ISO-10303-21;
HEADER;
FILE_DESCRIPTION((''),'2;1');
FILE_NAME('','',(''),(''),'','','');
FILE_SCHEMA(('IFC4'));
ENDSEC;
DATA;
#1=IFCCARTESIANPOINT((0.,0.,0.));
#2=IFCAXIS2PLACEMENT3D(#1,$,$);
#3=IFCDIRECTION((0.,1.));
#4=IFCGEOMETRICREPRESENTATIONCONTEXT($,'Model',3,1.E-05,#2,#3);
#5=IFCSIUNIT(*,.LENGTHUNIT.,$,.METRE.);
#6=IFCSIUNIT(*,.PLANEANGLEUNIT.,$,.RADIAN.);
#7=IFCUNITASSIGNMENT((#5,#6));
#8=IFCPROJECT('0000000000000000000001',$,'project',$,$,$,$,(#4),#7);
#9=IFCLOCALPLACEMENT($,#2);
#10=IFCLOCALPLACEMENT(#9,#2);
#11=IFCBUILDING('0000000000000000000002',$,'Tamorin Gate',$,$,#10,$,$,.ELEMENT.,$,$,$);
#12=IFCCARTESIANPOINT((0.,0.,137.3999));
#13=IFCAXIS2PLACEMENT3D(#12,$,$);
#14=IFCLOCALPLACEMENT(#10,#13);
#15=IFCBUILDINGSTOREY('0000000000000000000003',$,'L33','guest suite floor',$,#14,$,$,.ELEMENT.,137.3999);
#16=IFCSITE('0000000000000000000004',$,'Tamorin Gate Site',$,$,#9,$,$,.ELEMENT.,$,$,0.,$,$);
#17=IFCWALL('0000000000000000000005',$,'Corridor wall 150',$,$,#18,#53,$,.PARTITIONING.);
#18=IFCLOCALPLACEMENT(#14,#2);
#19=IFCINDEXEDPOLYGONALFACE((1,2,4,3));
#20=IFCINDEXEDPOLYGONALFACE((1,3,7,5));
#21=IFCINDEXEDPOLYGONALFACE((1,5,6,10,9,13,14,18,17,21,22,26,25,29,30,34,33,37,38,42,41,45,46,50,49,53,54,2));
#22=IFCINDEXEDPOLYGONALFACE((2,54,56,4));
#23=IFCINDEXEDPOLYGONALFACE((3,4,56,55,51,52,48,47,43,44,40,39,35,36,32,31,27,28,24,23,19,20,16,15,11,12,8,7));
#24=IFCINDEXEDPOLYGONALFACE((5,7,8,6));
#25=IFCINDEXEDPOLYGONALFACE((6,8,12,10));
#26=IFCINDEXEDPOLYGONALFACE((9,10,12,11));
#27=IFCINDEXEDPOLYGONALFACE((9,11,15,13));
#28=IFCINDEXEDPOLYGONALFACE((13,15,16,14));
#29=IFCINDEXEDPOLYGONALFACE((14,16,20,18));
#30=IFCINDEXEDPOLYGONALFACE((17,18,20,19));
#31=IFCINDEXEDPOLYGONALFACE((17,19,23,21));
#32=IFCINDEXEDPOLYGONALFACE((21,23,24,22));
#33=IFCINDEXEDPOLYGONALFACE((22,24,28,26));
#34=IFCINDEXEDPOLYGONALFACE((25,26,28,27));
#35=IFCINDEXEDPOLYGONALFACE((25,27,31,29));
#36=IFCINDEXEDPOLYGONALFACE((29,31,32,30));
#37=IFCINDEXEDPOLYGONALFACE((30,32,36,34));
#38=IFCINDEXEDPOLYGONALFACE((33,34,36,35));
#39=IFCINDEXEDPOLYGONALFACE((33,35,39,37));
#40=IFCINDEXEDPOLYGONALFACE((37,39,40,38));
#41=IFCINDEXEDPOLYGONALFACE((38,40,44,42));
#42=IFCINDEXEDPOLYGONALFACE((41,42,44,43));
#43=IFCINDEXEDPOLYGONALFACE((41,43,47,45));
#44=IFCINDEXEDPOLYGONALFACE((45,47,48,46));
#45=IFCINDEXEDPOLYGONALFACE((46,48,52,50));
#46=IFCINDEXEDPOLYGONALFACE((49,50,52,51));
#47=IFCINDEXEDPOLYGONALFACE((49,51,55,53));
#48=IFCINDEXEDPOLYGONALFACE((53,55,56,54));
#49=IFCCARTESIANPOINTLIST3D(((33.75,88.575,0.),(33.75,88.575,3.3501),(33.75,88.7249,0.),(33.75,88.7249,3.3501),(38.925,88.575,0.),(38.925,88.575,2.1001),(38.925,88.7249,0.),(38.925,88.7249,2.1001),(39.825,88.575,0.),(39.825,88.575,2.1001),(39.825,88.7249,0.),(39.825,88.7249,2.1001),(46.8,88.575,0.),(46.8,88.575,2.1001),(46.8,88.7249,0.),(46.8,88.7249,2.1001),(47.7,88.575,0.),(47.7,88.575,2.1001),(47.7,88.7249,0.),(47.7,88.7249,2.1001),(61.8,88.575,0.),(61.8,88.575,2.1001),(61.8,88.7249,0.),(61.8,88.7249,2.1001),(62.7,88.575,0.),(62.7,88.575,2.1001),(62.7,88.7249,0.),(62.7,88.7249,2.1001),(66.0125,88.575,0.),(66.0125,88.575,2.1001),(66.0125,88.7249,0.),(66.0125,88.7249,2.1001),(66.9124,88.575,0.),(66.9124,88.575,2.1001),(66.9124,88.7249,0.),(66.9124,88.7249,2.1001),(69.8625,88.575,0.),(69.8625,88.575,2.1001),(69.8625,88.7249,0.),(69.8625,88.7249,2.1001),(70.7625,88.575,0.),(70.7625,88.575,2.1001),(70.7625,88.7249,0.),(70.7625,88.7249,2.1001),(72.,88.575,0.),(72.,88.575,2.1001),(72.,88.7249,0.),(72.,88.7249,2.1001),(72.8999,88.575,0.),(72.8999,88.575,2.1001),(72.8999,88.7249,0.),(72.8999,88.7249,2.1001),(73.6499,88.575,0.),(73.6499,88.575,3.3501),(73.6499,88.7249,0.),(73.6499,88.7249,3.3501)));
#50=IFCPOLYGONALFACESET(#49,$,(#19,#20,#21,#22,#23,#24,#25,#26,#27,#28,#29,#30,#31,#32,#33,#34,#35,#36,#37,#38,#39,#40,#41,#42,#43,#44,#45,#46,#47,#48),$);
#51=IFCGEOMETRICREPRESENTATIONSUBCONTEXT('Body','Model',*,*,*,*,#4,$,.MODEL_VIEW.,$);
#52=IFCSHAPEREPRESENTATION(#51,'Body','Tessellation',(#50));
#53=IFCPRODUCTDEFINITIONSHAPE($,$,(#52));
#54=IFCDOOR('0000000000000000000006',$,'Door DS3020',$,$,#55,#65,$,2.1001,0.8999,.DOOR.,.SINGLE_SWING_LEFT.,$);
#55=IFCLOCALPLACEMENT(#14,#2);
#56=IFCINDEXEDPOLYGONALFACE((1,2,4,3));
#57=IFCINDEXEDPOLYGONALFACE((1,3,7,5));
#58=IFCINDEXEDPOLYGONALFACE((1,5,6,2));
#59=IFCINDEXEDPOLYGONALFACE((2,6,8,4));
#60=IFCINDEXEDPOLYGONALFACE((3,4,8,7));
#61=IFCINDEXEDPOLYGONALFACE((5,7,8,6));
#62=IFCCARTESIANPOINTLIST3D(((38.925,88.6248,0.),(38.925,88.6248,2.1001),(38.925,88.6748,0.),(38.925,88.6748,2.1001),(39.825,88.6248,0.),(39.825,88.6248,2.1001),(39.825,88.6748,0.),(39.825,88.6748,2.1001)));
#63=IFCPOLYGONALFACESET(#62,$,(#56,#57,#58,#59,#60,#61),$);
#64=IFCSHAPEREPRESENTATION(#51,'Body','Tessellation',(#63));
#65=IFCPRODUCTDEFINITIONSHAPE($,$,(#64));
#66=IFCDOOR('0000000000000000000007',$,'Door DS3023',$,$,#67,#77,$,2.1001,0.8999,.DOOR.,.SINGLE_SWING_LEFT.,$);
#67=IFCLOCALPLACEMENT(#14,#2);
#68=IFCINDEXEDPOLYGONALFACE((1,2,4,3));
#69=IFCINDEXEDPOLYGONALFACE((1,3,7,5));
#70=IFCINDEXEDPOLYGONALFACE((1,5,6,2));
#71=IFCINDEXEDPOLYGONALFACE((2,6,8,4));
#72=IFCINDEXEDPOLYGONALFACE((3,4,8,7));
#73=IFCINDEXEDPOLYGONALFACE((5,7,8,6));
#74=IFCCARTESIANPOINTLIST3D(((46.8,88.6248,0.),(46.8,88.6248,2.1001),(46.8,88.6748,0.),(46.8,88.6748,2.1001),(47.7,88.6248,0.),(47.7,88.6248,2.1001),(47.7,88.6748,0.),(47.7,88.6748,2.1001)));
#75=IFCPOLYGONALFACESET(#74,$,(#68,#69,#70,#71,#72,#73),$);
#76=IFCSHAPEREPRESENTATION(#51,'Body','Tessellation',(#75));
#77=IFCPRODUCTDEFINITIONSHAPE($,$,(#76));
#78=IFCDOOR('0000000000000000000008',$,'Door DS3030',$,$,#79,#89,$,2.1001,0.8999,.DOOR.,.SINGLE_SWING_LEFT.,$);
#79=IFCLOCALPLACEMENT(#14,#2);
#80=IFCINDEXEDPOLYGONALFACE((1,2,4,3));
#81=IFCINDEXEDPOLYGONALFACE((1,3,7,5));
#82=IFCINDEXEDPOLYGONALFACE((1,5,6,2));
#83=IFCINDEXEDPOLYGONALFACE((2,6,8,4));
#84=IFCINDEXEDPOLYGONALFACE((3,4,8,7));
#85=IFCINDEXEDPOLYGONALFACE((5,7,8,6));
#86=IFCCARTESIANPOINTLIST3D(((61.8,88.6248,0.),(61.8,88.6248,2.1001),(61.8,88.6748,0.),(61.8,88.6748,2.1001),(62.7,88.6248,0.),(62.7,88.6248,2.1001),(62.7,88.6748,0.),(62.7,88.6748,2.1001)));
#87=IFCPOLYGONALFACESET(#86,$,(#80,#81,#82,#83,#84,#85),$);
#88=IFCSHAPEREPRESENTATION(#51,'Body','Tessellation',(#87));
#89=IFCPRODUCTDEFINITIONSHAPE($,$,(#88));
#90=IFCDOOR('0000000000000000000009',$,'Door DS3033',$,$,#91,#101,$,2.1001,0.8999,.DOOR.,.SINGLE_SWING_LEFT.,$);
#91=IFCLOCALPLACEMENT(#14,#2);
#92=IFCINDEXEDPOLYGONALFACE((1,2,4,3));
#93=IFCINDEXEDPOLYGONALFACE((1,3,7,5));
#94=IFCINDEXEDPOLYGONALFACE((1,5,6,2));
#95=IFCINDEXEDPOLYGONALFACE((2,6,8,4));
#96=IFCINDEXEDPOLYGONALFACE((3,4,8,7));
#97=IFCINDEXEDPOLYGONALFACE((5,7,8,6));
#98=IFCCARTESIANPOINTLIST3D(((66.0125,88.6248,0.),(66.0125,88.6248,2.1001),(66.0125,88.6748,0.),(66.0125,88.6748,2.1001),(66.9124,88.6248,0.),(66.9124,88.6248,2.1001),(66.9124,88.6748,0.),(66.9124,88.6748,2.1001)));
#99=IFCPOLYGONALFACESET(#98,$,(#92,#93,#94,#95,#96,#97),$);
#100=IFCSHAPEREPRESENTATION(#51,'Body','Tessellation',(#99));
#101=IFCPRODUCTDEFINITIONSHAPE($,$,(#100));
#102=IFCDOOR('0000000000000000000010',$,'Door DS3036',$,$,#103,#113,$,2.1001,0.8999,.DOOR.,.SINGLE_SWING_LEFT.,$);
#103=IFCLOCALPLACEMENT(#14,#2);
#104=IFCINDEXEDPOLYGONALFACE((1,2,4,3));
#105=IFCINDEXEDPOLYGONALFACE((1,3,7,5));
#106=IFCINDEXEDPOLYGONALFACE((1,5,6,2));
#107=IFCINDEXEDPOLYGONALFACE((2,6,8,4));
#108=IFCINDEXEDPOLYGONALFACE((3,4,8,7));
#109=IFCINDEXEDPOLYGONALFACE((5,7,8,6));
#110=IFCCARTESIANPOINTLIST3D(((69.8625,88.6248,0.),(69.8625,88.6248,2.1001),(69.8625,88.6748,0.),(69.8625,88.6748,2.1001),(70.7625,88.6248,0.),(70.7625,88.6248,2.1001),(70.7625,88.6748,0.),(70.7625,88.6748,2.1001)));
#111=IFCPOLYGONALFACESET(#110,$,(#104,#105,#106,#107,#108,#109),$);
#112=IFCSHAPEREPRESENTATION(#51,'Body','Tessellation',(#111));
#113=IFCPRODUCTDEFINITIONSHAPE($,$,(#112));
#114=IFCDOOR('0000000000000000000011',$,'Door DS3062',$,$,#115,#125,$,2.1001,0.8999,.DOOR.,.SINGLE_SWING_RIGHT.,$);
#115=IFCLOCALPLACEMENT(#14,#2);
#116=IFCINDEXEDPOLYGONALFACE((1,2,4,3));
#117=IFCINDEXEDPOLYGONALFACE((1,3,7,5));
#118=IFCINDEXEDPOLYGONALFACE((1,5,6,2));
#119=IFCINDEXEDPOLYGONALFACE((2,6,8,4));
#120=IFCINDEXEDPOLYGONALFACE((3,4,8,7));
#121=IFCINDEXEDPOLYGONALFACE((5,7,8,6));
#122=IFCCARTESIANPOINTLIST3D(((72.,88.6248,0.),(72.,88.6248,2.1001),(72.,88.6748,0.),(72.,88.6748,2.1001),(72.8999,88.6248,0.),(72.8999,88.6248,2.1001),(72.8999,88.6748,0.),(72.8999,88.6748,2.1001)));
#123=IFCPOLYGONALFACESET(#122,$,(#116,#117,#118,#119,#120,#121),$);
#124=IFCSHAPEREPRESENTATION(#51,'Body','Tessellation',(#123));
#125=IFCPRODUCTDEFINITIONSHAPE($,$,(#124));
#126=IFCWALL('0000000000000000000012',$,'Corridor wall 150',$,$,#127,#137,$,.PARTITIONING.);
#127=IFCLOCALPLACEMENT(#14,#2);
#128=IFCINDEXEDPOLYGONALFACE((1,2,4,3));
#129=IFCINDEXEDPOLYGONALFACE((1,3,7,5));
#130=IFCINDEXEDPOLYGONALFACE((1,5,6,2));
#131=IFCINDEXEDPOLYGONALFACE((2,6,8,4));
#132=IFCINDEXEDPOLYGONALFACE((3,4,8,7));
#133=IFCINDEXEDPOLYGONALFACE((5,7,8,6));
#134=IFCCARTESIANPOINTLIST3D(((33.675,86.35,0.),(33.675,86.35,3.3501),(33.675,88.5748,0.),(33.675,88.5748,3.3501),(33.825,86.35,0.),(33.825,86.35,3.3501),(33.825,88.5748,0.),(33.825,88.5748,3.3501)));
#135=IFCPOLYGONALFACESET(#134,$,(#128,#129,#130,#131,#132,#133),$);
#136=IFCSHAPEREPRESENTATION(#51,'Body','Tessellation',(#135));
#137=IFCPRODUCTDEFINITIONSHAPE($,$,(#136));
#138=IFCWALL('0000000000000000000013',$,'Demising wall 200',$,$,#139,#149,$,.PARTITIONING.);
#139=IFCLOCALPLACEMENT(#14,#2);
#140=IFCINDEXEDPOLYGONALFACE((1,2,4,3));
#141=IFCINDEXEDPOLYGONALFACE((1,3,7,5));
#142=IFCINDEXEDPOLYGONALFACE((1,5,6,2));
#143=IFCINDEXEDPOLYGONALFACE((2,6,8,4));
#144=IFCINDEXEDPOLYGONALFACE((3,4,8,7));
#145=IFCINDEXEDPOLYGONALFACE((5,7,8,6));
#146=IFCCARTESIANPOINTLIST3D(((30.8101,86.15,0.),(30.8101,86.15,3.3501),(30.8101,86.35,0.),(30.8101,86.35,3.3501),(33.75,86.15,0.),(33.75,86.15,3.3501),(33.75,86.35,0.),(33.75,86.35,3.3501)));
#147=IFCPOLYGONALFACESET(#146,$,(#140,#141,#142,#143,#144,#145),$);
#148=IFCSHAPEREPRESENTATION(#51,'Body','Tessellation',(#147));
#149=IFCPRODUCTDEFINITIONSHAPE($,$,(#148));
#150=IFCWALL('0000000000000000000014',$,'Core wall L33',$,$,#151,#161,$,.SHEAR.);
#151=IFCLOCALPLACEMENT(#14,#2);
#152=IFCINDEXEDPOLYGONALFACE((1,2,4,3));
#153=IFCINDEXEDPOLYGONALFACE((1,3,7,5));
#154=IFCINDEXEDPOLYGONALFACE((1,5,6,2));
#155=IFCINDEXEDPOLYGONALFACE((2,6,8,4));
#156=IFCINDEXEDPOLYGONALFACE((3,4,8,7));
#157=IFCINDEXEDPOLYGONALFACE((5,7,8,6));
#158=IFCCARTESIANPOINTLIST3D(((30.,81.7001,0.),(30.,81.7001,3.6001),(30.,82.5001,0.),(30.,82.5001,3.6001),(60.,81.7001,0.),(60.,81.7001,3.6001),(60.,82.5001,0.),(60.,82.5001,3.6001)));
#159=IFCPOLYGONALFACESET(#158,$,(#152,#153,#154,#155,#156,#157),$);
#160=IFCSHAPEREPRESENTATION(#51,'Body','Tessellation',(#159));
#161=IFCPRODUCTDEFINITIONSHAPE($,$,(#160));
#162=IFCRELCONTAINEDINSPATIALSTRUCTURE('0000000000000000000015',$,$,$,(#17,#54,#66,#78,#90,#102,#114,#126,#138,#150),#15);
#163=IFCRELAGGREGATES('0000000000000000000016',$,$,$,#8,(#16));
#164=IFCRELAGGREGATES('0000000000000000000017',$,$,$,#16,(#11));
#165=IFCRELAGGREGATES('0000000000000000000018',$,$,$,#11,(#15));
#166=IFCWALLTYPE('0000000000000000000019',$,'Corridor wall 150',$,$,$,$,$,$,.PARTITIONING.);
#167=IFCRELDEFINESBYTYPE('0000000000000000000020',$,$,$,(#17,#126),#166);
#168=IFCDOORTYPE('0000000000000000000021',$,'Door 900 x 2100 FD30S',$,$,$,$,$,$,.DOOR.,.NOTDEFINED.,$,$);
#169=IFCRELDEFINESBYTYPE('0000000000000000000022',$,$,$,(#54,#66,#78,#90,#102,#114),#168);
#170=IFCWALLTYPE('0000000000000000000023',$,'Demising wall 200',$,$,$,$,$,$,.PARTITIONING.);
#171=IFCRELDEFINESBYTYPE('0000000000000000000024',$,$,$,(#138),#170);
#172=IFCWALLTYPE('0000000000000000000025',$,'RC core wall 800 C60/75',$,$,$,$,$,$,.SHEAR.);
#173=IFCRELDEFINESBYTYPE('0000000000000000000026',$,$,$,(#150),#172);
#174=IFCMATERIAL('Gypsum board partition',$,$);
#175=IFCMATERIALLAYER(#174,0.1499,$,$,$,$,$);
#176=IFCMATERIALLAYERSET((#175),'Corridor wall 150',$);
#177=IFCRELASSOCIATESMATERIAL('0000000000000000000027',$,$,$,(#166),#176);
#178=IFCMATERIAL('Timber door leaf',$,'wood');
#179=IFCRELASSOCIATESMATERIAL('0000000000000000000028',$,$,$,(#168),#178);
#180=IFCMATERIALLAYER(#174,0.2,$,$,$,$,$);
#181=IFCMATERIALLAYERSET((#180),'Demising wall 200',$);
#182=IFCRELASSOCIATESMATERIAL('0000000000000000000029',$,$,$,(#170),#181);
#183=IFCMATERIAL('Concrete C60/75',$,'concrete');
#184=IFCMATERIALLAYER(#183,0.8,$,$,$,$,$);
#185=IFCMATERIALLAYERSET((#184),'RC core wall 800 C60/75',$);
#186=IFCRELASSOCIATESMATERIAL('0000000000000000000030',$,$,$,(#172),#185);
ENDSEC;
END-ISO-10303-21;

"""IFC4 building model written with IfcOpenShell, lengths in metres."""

from ifc_helpers import new_model, si_unit, direction, frame, frame_2d, origin, place, context, subcontext, project, spatial, rectangle, extrude, material, layer, layer_set, type_object, element, fill, save


model = new_model("IFC4")

# Units and contexts
model_context = context("Model", 3, precision=1e-05, world=origin(), true_north=direction((0.0, 1.0)))
body_context = subcontext(model_context, "Body", "Model", "MODEL_VIEW")
ifc_project = project(units=[si_unit("LENGTHUNIT", "METRE"), si_unit("PLANEANGLEUNIT", "RADIAN")], contexts=[model_context])

# Site, building, storey
site_placement = place(None, origin())
site = spatial("IfcSite", under=ifc_project, at=site_placement, Name="Tamorin Gate Site", CompositionType="ELEMENT", RefElevation=0.0)
building_placement = place(site_placement, origin())
building = spatial("IfcBuilding", under=site, at=building_placement, Name="Tamorin Gate", CompositionType="ELEMENT")
storey_placement = place(building_placement, frame((0.0, 0.0, 137.3999)))
storey = spatial("IfcBuildingStorey", under=building, at=storey_placement, Name="L33", Description="guest suite floor", CompositionType="ELEMENT", Elevation=137.3999)

# Shared definitions
ifc_material_1 = material(Name="Gypsum board partition")
ifc_layer_1 = layer(ifc_material_1, 0.1499)
ifc_layer_set_1 = layer_set([ifc_layer_1], Name="Corridor wall 150")
wall_type_1 = type_object("IfcWallType", Name="Corridor wall 150", PredefinedType="PARTITIONING", material=ifc_layer_set_1)
ifc_material_2 = material(Name="Timber door leaf", Category="wood")
door_type_1 = type_object("IfcDoorType", Name="Door 900 x 2100 FD30S", OperationType="NOTDEFINED", PredefinedType="DOOR", material=ifc_material_2)

# Wall, openings, doors
wall_1_placement = place(storey_placement, frame((33.75, 88.6499, 0.0), z_axis=(0.0, 0.0, 1.0), x_axis=(1.0, 0.0, 0.0)))
wall_1 = element("IfcWall", 1, at=wall_1_placement, inside=storey, type_object=wall_type_1, Name="Corridor wall 150", PredefinedType="PARTITIONING", context=body_context, shape_type="SweptSolid", body=[
    extrude(rectangle(XDim=39.8999, YDim=0.1499, at=frame_2d((19.95, 0.0))), origin(), (0.0, 0.0, 1.0), 3.3501),
])
opening_1_placement = place(wall_1_placement, frame((5.175, 0.0, 0.0)))
opening_1 = element("IfcOpeningElement", 2, at=opening_1_placement, cuts=wall_1, PredefinedType="OPENING", context=body_context, shape_type="SweptSolid", body=[
    extrude(rectangle(XDim=0.8999, YDim=2.1001, at=frame_2d((0.45, 1.05))), frame((0.0, 0.085, 0.0), z_axis=(0.0, -1.0, 0.0), x_axis=(1.0, 0.0, 0.0)), (0.0, 0.0, 1.0), 0.1699),
])
opening_2_placement = place(wall_1_placement, frame((13.05, 0.0, 0.0)))
opening_2 = element("IfcOpeningElement", 3, at=opening_2_placement, cuts=wall_1, PredefinedType="OPENING", context=body_context, shape_type="SweptSolid", body=[
    extrude(rectangle(XDim=0.8999, YDim=2.1001, at=frame_2d((0.45, 1.05))), frame((0.0, 0.085, 0.0), z_axis=(0.0, -1.0, 0.0), x_axis=(1.0, 0.0, 0.0)), (0.0, 0.0, 1.0), 0.1699),
])
opening_3_placement = place(wall_1_placement, frame((28.05, 0.0, 0.0)))
opening_3 = element("IfcOpeningElement", 4, at=opening_3_placement, cuts=wall_1, PredefinedType="OPENING", context=body_context, shape_type="SweptSolid", body=[
    extrude(rectangle(XDim=0.8999, YDim=2.1001, at=frame_2d((0.45, 1.05))), frame((0.0, 0.085, 0.0), z_axis=(0.0, -1.0, 0.0), x_axis=(1.0, 0.0, 0.0)), (0.0, 0.0, 1.0), 0.1699),
])
opening_4_placement = place(wall_1_placement, frame((32.2625, 0.0, 0.0)))
opening_4 = element("IfcOpeningElement", 5, at=opening_4_placement, cuts=wall_1, PredefinedType="OPENING", context=body_context, shape_type="SweptSolid", body=[
    extrude(rectangle(XDim=0.8999, YDim=2.1001, at=frame_2d((0.45, 1.05))), frame((0.0, 0.085, 0.0), z_axis=(0.0, -1.0, 0.0), x_axis=(1.0, 0.0, 0.0)), (0.0, 0.0, 1.0), 0.1699),
])
opening_5_placement = place(wall_1_placement, frame((36.1125, 0.0, 0.0)))
opening_5 = element("IfcOpeningElement", 6, at=opening_5_placement, cuts=wall_1, PredefinedType="OPENING", context=body_context, shape_type="SweptSolid", body=[
    extrude(rectangle(XDim=0.8999, YDim=2.1001, at=frame_2d((0.45, 1.05))), frame((0.0, 0.085, 0.0), z_axis=(0.0, -1.0, 0.0), x_axis=(1.0, 0.0, 0.0)), (0.0, 0.0, 1.0), 0.1699),
])
opening_6_placement = place(wall_1_placement, frame((38.25, 0.0, 0.0)))
opening_6 = element("IfcOpeningElement", 7, at=opening_6_placement, cuts=wall_1, PredefinedType="OPENING", context=body_context, shape_type="SweptSolid", body=[
    extrude(rectangle(XDim=0.8999, YDim=2.1001, at=frame_2d((0.45, 1.05))), frame((0.0, 0.085, 0.0), z_axis=(0.0, -1.0, 0.0), x_axis=(1.0, 0.0, 0.0)), (0.0, 0.0, 1.0), 0.1699),
])
door_1_placement = place(opening_1_placement, origin())
door_1 = element("IfcDoor", 8, at=door_1_placement, inside=storey, type_object=door_type_1, Name="Door DS3020", OperationType="SINGLE_SWING_LEFT", OverallHeight=2.1001, OverallWidth=0.8999, PredefinedType="DOOR", context=body_context, shape_type="SweptSolid", body=[
    extrude(rectangle(XDim=0.8999, YDim=2.1001, at=frame_2d((0.45, 1.05))), frame((0.0, 0.0249, 0.0), z_axis=(0.0, -1.0, 0.0), x_axis=(1.0, 0.0, 0.0)), (0.0, 0.0, 1.0), 0.05),
])
fill(opening_1, door_1)
door_2_placement = place(opening_2_placement, origin())
door_2 = element("IfcDoor", 9, at=door_2_placement, inside=storey, type_object=door_type_1, Name="Door DS3023", OperationType="SINGLE_SWING_LEFT", OverallHeight=2.1001, OverallWidth=0.8999, PredefinedType="DOOR", context=body_context, shape_type="SweptSolid", body=[
    extrude(rectangle(XDim=0.8999, YDim=2.1001, at=frame_2d((0.45, 1.05))), frame((0.0, 0.0249, 0.0), z_axis=(0.0, -1.0, 0.0), x_axis=(1.0, 0.0, 0.0)), (0.0, 0.0, 1.0), 0.05),
])
fill(opening_2, door_2)
door_3_placement = place(opening_3_placement, origin())
door_3 = element("IfcDoor", 10, at=door_3_placement, inside=storey, type_object=door_type_1, Name="Door DS3030", OperationType="SINGLE_SWING_LEFT", OverallHeight=2.1001, OverallWidth=0.8999, PredefinedType="DOOR", context=body_context, shape_type="SweptSolid", body=[
    extrude(rectangle(XDim=0.8999, YDim=2.1001, at=frame_2d((0.45, 1.05))), frame((0.0, 0.0249, 0.0), z_axis=(0.0, -1.0, 0.0), x_axis=(1.0, 0.0, 0.0)), (0.0, 0.0, 1.0), 0.05),
])
fill(opening_3, door_3)
door_4_placement = place(opening_4_placement, origin())
door_4 = element("IfcDoor", 11, at=door_4_placement, inside=storey, type_object=door_type_1, Name="Door DS3033", OperationType="SINGLE_SWING_LEFT", OverallHeight=2.1001, OverallWidth=0.8999, PredefinedType="DOOR", context=body_context, shape_type="SweptSolid", body=[
    extrude(rectangle(XDim=0.8999, YDim=2.1001, at=frame_2d((0.45, 1.05))), frame((0.0, 0.0249, 0.0), z_axis=(0.0, -1.0, 0.0), x_axis=(1.0, 0.0, 0.0)), (0.0, 0.0, 1.0), 0.05),
])
fill(opening_4, door_4)
door_5_placement = place(opening_5_placement, origin())
door_5 = element("IfcDoor", 12, at=door_5_placement, inside=storey, type_object=door_type_1, Name="Door DS3036", OperationType="SINGLE_SWING_LEFT", OverallHeight=2.1001, OverallWidth=0.8999, PredefinedType="DOOR", context=body_context, shape_type="SweptSolid", body=[
    extrude(rectangle(XDim=0.8999, YDim=2.1001, at=frame_2d((0.45, 1.05))), frame((0.0, 0.0249, 0.0), z_axis=(0.0, -1.0, 0.0), x_axis=(1.0, 0.0, 0.0)), (0.0, 0.0, 1.0), 0.05),
])
fill(opening_5, door_5)
door_6_placement = place(opening_6_placement, origin())
door_6 = element("IfcDoor", 13, at=door_6_placement, inside=storey, type_object=door_type_1, Name="Door DS3062", OperationType="SINGLE_SWING_RIGHT", OverallHeight=2.1001, OverallWidth=0.8999, PredefinedType="DOOR", context=body_context, shape_type="SweptSolid", body=[
    extrude(rectangle(XDim=0.8999, YDim=2.1001, at=frame_2d((0.45, 1.05))), frame((0.0, 0.0249, 0.0), z_axis=(0.0, -1.0, 0.0), x_axis=(1.0, 0.0, 0.0)), (0.0, 0.0, 1.0), 0.05),
])
fill(opening_6, door_6)

# Walls
wall_2_placement = place(storey_placement, frame((33.75, 86.3501, 0.0), z_axis=(0.0, 0.0, 1.0), x_axis=(0.0, 1.0, 0.0)))
element("IfcWall", 14, at=wall_2_placement, inside=storey, type_object=wall_type_1, Name="Corridor wall 150", PredefinedType="PARTITIONING", context=body_context, shape_type="SweptSolid", body=[
    extrude(rectangle(XDim=2.2249, YDim=0.1499, at=frame_2d((1.1123, 0.0))), origin(), (0.0, 0.0, 1.0), 3.3501),
])
ifc_layer_2 = layer(ifc_material_1, 0.2)
ifc_layer_set_2 = layer_set([ifc_layer_2], Name="Demising wall 200")
wall_type_2 = type_object("IfcWallType", Name="Demising wall 200", PredefinedType="PARTITIONING", material=ifc_layer_set_2)
wall_3_placement = place(storey_placement, frame((30.8101, 86.25, 0.0), z_axis=(0.0, 0.0, 1.0), x_axis=(1.0, 0.0, 0.0)))
element("IfcWall", 15, at=wall_3_placement, inside=storey, type_object=wall_type_2, Name="Demising wall 200", PredefinedType="PARTITIONING", context=body_context, shape_type="SweptSolid", body=[
    extrude(rectangle(XDim=2.9399, YDim=0.2, at=frame_2d((1.47, 0.0))), origin(), (0.0, 0.0, 1.0), 3.3501),
])
ifc_material_3 = material(Name="Concrete C60/75", Category="concrete")
ifc_layer_3 = layer(ifc_material_3, 0.8)
ifc_layer_set_3 = layer_set([ifc_layer_3], Name="RC core wall 800 C60/75")
wall_type_3 = type_object("IfcWallType", Name="RC core wall 800 C60/75", PredefinedType="SHEAR", material=ifc_layer_set_3)
wall_4_placement = place(storey_placement, frame((30.0, 82.1001, 0.0), z_axis=(0.0, 0.0, 1.0), x_axis=(1.0, 0.0, 0.0)))
element("IfcWall", 16, at=wall_4_placement, inside=storey, type_object=wall_type_3, Name="Core wall L33", PredefinedType="SHEAR", context=body_context, shape_type="SweptSolid", body=[
    extrude(rectangle(XDim=30.0, YDim=0.8, at=frame_2d((15.0, 0.0))), origin(), (0.0, 0.0, 1.0), 3.6001),
])

save(model, "model.ifc")
